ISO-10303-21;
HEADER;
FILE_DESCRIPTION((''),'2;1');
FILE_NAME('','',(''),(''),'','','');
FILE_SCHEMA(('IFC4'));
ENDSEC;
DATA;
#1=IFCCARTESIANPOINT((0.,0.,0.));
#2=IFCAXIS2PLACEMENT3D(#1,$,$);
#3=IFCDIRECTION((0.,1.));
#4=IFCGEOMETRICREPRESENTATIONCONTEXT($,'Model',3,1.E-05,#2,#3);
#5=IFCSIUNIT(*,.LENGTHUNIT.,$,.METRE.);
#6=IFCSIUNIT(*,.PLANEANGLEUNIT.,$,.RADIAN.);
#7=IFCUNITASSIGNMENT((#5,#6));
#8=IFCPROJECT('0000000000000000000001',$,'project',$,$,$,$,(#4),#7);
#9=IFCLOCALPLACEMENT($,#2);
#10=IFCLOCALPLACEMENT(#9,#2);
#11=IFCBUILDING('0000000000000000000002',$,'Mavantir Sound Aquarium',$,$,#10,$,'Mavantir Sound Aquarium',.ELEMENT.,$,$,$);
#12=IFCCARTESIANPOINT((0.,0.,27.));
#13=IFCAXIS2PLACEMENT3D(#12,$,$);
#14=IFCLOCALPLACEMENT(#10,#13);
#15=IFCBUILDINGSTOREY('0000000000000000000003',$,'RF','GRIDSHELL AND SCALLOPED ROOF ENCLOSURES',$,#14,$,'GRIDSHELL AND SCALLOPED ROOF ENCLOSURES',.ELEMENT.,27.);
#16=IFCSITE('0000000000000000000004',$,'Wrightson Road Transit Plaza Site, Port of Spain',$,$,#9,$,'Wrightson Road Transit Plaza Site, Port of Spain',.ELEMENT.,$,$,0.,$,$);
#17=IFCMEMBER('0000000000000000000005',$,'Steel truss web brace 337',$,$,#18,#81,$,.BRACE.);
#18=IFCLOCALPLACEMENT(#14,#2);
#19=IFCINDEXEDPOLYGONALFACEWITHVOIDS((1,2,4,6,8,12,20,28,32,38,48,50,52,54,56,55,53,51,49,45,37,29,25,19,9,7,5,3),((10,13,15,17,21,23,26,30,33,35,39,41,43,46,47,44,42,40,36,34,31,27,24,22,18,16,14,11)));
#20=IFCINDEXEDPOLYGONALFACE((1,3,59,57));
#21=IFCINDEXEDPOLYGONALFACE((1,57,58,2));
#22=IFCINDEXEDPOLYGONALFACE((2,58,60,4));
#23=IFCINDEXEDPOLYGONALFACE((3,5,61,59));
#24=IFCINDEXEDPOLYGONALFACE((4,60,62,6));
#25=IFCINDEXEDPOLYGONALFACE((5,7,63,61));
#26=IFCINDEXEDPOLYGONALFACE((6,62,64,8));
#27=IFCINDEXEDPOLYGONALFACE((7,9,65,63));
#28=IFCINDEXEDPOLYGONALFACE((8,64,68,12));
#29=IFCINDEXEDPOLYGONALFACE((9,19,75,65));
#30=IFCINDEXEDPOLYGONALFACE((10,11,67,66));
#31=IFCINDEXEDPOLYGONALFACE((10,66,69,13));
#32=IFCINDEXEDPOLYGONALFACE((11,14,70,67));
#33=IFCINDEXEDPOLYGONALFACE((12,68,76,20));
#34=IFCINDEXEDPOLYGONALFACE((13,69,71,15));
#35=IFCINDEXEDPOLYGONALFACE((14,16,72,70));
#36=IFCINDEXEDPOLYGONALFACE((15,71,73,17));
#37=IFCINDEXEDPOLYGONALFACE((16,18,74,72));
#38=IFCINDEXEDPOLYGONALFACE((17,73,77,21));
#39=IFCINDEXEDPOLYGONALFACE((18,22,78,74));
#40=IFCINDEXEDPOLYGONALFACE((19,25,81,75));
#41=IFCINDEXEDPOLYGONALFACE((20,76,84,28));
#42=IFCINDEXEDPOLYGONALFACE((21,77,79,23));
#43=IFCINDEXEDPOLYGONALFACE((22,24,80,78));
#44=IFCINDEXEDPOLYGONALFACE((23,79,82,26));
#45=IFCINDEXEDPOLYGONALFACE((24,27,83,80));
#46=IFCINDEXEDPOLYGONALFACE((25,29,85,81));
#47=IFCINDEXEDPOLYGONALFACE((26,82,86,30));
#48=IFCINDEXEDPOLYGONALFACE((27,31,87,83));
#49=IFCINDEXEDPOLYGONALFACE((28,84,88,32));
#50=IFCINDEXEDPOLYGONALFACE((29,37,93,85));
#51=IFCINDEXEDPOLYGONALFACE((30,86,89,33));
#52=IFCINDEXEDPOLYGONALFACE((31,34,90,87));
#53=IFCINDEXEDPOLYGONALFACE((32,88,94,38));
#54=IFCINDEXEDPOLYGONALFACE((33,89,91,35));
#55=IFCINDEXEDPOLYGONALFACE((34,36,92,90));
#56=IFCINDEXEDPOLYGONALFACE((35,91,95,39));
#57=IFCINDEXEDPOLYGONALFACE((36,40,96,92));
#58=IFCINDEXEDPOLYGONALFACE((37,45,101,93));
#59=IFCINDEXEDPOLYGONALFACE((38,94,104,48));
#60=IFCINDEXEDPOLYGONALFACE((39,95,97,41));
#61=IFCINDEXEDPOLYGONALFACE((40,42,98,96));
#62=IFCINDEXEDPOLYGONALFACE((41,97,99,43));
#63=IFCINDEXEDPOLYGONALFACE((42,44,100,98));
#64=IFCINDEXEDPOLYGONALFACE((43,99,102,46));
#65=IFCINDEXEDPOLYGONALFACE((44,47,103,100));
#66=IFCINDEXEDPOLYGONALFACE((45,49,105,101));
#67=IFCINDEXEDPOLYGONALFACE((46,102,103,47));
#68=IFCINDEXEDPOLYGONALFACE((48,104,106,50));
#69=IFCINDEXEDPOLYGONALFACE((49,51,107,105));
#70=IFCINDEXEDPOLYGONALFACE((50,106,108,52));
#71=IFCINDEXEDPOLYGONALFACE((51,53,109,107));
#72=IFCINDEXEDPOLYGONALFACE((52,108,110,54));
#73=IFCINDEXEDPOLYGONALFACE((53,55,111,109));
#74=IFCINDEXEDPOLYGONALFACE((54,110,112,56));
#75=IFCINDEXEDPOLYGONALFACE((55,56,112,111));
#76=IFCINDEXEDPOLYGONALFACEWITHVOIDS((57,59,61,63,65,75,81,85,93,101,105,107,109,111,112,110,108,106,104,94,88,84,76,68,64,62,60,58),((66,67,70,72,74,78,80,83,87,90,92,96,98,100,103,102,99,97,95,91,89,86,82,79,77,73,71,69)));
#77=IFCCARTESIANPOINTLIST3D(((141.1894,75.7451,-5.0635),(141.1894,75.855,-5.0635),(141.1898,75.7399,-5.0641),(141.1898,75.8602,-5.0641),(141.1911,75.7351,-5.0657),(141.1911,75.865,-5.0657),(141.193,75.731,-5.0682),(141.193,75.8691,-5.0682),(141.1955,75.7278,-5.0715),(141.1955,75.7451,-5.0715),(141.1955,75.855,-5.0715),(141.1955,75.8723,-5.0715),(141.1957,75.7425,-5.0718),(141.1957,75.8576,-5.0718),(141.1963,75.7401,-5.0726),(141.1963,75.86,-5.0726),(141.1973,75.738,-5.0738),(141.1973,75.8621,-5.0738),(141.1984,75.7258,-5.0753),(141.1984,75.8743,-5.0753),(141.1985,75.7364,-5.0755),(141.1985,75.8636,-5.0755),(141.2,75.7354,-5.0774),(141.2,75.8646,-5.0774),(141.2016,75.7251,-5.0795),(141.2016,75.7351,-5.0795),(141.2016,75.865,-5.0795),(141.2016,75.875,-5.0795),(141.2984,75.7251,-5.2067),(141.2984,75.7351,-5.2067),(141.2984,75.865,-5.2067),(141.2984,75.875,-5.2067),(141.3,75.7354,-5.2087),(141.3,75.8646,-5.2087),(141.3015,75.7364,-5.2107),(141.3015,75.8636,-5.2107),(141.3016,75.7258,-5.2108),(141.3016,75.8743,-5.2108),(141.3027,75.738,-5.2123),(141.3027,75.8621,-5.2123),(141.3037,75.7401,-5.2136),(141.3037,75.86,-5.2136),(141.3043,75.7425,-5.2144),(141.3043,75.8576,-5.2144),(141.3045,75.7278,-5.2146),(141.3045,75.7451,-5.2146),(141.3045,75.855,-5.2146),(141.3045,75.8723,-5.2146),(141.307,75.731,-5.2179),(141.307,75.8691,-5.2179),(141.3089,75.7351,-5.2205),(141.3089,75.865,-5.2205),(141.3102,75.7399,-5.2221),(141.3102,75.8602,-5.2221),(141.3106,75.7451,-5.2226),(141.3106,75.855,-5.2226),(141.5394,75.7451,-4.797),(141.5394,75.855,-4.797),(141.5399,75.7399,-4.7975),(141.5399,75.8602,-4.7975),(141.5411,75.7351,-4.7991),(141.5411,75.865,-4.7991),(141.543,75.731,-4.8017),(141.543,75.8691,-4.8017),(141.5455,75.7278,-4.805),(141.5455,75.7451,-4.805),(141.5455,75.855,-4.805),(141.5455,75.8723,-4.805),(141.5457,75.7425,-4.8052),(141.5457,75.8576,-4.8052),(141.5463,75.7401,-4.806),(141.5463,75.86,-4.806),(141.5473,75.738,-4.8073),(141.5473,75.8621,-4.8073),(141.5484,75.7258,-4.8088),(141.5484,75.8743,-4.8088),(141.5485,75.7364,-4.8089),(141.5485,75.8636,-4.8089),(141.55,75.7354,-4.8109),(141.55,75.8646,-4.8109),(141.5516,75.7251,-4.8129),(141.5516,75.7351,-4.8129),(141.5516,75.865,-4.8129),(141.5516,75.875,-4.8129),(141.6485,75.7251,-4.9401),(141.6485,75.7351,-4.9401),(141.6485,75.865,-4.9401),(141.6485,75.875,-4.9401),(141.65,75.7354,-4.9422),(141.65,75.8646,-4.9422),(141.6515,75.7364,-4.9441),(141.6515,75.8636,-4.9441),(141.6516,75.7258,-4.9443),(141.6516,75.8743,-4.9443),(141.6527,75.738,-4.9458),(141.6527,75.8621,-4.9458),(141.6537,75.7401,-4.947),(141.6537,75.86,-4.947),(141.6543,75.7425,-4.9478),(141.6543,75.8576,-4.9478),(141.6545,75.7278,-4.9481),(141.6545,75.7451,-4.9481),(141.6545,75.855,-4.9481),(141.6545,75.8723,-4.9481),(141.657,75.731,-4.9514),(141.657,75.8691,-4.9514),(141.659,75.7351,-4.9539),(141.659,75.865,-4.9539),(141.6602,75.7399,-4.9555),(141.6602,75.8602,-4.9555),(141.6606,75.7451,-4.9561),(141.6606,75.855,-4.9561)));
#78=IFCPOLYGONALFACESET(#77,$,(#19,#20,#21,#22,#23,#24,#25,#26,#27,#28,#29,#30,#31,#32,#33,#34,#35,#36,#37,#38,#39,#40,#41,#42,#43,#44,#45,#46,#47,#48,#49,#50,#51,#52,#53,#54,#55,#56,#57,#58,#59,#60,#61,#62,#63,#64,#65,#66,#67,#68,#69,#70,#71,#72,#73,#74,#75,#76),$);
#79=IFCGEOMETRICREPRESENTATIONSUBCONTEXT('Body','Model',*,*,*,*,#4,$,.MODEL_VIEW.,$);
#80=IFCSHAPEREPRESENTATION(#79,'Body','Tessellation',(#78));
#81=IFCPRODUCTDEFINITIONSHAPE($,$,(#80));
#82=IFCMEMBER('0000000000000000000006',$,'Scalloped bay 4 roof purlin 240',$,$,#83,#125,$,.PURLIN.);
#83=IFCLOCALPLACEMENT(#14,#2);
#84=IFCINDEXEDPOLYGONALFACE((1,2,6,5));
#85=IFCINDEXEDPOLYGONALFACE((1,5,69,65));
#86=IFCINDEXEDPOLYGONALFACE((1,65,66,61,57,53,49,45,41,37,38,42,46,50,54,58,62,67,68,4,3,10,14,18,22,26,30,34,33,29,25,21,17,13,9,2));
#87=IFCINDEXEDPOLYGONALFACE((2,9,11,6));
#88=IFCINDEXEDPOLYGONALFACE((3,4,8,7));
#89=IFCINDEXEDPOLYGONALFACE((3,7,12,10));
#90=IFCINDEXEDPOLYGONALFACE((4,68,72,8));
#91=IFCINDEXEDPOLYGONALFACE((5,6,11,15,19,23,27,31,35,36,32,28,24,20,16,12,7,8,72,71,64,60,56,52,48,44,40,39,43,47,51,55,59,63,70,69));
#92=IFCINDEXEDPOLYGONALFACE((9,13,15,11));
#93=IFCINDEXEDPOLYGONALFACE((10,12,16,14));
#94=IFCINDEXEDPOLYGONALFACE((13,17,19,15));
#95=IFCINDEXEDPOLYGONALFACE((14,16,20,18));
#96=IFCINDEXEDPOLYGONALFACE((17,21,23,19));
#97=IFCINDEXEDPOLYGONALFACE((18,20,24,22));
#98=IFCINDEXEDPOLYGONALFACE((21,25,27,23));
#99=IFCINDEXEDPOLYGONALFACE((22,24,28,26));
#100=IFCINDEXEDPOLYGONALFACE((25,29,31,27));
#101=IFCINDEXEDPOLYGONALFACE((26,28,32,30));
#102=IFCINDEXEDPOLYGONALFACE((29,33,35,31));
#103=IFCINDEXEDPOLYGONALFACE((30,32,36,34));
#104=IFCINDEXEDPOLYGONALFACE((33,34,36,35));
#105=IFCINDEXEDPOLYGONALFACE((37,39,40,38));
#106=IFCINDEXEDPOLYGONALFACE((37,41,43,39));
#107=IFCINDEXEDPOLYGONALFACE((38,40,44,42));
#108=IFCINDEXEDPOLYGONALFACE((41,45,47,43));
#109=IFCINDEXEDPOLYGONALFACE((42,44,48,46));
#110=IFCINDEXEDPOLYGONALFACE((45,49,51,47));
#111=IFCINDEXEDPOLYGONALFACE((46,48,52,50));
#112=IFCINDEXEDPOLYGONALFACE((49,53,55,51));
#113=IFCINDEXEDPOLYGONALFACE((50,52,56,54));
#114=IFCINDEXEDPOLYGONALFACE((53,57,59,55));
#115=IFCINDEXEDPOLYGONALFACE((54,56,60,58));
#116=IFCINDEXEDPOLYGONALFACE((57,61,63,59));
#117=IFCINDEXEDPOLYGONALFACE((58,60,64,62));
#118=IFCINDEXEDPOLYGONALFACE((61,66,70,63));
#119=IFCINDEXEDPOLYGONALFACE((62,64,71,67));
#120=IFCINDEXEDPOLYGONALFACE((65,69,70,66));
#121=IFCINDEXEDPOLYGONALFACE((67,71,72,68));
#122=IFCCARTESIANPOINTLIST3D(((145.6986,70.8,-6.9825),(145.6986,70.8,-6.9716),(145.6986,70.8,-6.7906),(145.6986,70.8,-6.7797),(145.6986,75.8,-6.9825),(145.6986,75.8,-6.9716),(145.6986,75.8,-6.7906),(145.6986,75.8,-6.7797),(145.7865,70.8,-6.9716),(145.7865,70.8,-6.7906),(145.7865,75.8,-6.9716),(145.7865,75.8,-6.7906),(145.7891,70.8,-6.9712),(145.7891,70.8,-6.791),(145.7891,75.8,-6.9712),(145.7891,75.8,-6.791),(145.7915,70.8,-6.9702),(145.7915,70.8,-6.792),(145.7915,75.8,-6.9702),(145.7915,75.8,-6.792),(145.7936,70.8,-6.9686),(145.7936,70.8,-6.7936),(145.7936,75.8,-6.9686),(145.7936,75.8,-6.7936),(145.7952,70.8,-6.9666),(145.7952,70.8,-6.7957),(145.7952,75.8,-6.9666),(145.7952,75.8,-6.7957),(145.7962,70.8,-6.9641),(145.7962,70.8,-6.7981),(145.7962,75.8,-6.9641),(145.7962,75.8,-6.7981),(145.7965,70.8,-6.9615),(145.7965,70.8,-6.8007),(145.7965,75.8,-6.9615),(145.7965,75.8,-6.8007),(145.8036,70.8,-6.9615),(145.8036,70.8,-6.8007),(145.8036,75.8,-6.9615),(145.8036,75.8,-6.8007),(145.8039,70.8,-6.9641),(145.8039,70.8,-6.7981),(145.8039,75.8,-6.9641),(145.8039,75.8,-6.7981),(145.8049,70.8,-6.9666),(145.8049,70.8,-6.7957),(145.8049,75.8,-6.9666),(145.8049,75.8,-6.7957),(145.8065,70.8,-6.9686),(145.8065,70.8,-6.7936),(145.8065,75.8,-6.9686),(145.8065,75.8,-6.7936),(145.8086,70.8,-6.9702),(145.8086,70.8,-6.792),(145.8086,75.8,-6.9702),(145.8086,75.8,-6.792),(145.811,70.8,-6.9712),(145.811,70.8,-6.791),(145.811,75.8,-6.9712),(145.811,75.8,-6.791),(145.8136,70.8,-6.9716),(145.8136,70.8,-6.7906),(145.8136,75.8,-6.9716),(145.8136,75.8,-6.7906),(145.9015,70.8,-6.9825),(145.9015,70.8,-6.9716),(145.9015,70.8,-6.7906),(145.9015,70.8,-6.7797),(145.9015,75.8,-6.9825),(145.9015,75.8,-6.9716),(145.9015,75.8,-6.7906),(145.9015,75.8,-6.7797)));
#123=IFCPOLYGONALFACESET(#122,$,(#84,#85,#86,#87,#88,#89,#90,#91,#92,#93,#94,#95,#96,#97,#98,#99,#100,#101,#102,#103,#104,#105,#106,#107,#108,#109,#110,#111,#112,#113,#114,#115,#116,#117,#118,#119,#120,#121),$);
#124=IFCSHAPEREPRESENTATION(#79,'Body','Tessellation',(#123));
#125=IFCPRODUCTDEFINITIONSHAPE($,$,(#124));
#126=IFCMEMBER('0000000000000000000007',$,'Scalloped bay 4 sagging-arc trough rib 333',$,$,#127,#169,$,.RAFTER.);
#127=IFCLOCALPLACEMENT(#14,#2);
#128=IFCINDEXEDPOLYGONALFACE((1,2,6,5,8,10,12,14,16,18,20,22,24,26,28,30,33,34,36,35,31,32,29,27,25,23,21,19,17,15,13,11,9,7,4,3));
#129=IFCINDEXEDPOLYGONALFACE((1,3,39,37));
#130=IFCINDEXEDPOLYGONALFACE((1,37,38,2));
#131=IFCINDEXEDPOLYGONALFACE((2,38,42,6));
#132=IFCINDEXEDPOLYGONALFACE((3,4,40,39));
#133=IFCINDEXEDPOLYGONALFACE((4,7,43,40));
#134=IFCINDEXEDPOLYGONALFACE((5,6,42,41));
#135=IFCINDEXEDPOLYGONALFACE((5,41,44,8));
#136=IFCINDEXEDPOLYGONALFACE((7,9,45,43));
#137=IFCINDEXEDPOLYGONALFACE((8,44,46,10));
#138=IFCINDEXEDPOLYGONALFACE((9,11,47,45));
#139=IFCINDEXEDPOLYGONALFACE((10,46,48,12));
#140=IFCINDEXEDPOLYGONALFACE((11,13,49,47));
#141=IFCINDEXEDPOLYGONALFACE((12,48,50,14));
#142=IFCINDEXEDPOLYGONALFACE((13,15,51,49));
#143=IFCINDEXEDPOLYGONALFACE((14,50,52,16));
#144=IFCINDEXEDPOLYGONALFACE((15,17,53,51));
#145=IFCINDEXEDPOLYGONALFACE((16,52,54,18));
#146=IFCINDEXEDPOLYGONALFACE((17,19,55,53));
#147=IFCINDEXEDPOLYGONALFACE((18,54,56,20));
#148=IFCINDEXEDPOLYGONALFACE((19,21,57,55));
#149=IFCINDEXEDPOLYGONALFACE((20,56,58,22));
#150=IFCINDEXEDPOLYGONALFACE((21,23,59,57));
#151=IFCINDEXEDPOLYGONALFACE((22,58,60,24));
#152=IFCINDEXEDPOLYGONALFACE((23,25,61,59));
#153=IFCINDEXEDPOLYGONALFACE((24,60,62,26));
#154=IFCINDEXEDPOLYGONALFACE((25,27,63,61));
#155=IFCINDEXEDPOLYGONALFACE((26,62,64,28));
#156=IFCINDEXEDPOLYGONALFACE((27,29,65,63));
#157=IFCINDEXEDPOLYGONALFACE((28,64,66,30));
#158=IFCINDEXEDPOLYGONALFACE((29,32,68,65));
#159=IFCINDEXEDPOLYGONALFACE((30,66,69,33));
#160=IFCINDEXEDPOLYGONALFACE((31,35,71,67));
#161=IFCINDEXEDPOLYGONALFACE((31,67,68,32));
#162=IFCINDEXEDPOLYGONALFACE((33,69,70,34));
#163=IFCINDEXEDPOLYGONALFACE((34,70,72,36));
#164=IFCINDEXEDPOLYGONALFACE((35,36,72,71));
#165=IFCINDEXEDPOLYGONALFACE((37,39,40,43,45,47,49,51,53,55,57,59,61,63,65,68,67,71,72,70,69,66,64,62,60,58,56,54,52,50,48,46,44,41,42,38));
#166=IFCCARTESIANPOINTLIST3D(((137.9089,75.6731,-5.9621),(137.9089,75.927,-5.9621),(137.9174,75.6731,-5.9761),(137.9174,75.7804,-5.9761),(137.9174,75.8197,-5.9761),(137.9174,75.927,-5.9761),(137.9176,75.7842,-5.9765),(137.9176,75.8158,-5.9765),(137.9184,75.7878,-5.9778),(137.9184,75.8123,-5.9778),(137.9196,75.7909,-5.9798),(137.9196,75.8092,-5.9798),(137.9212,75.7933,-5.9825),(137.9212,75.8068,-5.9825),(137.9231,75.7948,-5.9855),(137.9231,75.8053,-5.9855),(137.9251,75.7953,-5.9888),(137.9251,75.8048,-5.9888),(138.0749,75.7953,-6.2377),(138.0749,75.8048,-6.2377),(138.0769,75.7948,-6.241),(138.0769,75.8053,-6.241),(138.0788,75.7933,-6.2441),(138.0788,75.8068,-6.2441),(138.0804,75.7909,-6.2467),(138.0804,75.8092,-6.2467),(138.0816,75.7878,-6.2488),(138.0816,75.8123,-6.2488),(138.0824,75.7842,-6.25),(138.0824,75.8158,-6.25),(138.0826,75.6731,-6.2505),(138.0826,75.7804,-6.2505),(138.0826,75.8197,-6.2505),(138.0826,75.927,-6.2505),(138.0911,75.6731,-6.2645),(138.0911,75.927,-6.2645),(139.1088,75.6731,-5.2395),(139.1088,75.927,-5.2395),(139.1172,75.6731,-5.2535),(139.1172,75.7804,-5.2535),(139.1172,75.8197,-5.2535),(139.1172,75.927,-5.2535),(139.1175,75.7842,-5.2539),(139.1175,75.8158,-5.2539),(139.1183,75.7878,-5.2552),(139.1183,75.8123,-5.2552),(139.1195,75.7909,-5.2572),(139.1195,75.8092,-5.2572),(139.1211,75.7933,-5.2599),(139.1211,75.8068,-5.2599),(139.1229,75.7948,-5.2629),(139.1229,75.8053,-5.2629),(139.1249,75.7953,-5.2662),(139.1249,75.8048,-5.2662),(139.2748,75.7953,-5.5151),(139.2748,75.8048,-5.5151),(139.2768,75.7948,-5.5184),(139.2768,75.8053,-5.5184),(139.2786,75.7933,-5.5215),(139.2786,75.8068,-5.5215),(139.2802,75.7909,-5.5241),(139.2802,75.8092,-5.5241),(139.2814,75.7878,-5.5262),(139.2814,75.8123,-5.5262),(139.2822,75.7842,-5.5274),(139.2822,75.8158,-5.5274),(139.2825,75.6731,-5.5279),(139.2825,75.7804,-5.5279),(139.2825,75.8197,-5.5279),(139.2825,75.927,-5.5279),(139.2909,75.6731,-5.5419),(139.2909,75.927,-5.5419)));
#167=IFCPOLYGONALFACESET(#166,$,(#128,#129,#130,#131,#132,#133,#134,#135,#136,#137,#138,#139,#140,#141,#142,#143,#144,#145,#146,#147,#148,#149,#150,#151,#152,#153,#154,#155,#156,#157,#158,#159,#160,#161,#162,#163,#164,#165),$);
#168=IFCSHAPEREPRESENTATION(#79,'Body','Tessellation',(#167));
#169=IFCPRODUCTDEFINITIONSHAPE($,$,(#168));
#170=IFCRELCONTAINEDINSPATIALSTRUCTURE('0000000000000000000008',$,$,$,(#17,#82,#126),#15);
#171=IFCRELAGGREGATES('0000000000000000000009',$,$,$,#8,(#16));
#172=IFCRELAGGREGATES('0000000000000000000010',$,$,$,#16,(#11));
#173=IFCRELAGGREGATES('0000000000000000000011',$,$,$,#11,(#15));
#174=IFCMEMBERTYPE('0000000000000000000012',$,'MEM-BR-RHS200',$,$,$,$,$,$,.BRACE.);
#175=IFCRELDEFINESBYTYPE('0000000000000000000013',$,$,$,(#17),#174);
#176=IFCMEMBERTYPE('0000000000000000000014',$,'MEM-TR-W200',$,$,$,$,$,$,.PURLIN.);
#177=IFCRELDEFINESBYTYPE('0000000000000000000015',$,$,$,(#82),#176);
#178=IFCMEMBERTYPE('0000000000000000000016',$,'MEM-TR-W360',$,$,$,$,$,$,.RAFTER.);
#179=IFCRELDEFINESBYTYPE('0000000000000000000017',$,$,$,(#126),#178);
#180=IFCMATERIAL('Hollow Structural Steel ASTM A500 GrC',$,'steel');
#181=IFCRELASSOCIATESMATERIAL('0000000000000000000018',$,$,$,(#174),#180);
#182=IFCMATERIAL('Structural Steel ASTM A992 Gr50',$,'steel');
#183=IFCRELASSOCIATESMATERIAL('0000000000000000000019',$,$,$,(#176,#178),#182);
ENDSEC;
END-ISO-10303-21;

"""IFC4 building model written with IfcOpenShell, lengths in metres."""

from ifc_helpers import new_model, si_unit, direction, frame, origin, origin_2d, place, context, subcontext, project, spatial, hollow_rectangle, i_section, extrude, material, material_profile, profile_set, type_object, element, save


model = new_model("IFC4")

# Units and contexts
model_context = context("Model", 3, precision=1e-05, world=origin(), true_north=direction((0.0, 1.0)))
body_context = subcontext(model_context, "Body", "Model", "MODEL_VIEW")
ifc_project = project(units=[si_unit("LENGTHUNIT", "METRE"), si_unit("PLANEANGLEUNIT", "RADIAN")], contexts=[model_context])

# Site, building, storey
site_placement = place(None, origin())
site = spatial("IfcSite", under=ifc_project, at=site_placement, Name="Wrightson Road Transit Plaza Site, Port of Spain", LongName="Wrightson Road Transit Plaza Site, Port of Spain", CompositionType="ELEMENT", RefElevation=0.0)
building_placement = place(site_placement, origin())
building = spatial("IfcBuilding", under=site, at=building_placement, Name="Mavantir Sound Aquarium", LongName="Mavantir Sound Aquarium", CompositionType="ELEMENT")
storey_placement = place(building_placement, frame((0.0, 0.0, 27.0)))
storey = spatial("IfcBuildingStorey", under=building, at=storey_placement, Name="RF", Description="GRIDSHELL AND SCALLOPED ROOF ENCLOSURES", LongName="GRIDSHELL AND SCALLOPED ROOF ENCLOSURES", CompositionType="ELEMENT", Elevation=27.0)

# Shared definitions
ifc_material_1 = material(Name="Structural Steel ASTM A992 Gr50", Category="steel")

# Members
ifc_material_2 = material(Name="Hollow Structural Steel ASTM A500 GrC", Category="steel")
ifc_material_profile_1 = material_profile(ifc_material_2, hollow_rectangle(XDim=0.1499, YDim=0.2, WallThickness=0.01, InnerFilletRadius=0.01, OuterFilletRadius=0.02, at=origin_2d()), Name="RHS 200X150X10")
ifc_profile_set_1 = profile_set([ifc_material_profile_1], Name="Hollow Structural Steel ASTM A500 GrC")
member_type_1 = type_object("IfcMemberType", Name="MEM-BR-RHS200", PredefinedType="BRACE", material=ifc_profile_set_1)
member_1_placement = place(storey_placement, frame((141.25, 75.8, -5.1431), z_axis=(0.795585, 0.0, 0.605843), x_axis=(0.0, 1.0, 0.0)))
element("IfcMember", 1, at=member_1_placement, inside=storey, type_object=member_type_1, Name="Steel truss web brace 337", PredefinedType="BRACE", context=body_context, shape_type="SweptSolid", body=[
    extrude(hollow_rectangle(XDim=0.1499, YDim=0.2, WallThickness=0.01, InnerFilletRadius=0.01, OuterFilletRadius=0.02, at=origin_2d()), origin(), (0.0, 0.0, 1.0), 0.4399),
])
ifc_material_profile_2 = material_profile(ifc_material_1, i_section(OverallWidth=0.2029, OverallDepth=0.2029, WebThickness=0.0071, FlangeThickness=0.011, FilletRadius=0.01, at=origin_2d()), Name="W200X46")
ifc_profile_set_2 = profile_set([ifc_material_profile_2], Name="Structural Steel ASTM A992 Gr50")
member_type_2 = type_object("IfcMemberType", Name="MEM-TR-W200", PredefinedType="PURLIN", material=ifc_profile_set_2)
member_2_placement = place(storey_placement, frame((145.8, 70.8, -6.8811), z_axis=(0.0, 1.0, 0.0), x_axis=(-1.0, 0.0, 0.0)))
element("IfcMember", 2, at=member_2_placement, inside=storey, type_object=member_type_2, Name="Scalloped bay 4 roof purlin 240", PredefinedType="PURLIN", context=body_context, shape_type="SweptSolid", body=[
    extrude(i_section(OverallWidth=0.2029, OverallDepth=0.2029, WebThickness=0.0071, FlangeThickness=0.011, FilletRadius=0.01, at=origin_2d()), origin(), (0.0, 0.0, 1.0), 5.0),
])
ifc_material_profile_3 = material_profile(ifc_material_1, i_section(OverallWidth=0.2539, OverallDepth=0.353, WebThickness=0.0095, FlangeThickness=0.0164, FilletRadius=0.0149, at=origin_2d()), Name="W360X91")
ifc_profile_set_3 = profile_set([ifc_material_profile_3], Name="Structural Steel ASTM A992 Gr50")
member_type_3 = type_object("IfcMemberType", Name="MEM-TR-W360", PredefinedType="RAFTER", material=ifc_profile_set_3)
member_3_placement = place(storey_placement, frame((138.0, 75.8, -6.1133), z_axis=(0.856646, 0.0, 0.515905), x_axis=(0.0, 1.0, 0.0)))
element("IfcMember", 3, at=member_3_placement, inside=storey, type_object=member_type_3, Name="Scalloped bay 4 sagging-arc trough rib 333", PredefinedType="RAFTER", context=body_context, shape_type="SweptSolid", body=[
    extrude(i_section(OverallWidth=0.2539, OverallDepth=0.353, WebThickness=0.0095, FlangeThickness=0.0164, FilletRadius=0.0149, at=origin_2d()), origin(), (0.0, 0.0, 1.0), 1.4006),
])

save(model, "model.ifc")
